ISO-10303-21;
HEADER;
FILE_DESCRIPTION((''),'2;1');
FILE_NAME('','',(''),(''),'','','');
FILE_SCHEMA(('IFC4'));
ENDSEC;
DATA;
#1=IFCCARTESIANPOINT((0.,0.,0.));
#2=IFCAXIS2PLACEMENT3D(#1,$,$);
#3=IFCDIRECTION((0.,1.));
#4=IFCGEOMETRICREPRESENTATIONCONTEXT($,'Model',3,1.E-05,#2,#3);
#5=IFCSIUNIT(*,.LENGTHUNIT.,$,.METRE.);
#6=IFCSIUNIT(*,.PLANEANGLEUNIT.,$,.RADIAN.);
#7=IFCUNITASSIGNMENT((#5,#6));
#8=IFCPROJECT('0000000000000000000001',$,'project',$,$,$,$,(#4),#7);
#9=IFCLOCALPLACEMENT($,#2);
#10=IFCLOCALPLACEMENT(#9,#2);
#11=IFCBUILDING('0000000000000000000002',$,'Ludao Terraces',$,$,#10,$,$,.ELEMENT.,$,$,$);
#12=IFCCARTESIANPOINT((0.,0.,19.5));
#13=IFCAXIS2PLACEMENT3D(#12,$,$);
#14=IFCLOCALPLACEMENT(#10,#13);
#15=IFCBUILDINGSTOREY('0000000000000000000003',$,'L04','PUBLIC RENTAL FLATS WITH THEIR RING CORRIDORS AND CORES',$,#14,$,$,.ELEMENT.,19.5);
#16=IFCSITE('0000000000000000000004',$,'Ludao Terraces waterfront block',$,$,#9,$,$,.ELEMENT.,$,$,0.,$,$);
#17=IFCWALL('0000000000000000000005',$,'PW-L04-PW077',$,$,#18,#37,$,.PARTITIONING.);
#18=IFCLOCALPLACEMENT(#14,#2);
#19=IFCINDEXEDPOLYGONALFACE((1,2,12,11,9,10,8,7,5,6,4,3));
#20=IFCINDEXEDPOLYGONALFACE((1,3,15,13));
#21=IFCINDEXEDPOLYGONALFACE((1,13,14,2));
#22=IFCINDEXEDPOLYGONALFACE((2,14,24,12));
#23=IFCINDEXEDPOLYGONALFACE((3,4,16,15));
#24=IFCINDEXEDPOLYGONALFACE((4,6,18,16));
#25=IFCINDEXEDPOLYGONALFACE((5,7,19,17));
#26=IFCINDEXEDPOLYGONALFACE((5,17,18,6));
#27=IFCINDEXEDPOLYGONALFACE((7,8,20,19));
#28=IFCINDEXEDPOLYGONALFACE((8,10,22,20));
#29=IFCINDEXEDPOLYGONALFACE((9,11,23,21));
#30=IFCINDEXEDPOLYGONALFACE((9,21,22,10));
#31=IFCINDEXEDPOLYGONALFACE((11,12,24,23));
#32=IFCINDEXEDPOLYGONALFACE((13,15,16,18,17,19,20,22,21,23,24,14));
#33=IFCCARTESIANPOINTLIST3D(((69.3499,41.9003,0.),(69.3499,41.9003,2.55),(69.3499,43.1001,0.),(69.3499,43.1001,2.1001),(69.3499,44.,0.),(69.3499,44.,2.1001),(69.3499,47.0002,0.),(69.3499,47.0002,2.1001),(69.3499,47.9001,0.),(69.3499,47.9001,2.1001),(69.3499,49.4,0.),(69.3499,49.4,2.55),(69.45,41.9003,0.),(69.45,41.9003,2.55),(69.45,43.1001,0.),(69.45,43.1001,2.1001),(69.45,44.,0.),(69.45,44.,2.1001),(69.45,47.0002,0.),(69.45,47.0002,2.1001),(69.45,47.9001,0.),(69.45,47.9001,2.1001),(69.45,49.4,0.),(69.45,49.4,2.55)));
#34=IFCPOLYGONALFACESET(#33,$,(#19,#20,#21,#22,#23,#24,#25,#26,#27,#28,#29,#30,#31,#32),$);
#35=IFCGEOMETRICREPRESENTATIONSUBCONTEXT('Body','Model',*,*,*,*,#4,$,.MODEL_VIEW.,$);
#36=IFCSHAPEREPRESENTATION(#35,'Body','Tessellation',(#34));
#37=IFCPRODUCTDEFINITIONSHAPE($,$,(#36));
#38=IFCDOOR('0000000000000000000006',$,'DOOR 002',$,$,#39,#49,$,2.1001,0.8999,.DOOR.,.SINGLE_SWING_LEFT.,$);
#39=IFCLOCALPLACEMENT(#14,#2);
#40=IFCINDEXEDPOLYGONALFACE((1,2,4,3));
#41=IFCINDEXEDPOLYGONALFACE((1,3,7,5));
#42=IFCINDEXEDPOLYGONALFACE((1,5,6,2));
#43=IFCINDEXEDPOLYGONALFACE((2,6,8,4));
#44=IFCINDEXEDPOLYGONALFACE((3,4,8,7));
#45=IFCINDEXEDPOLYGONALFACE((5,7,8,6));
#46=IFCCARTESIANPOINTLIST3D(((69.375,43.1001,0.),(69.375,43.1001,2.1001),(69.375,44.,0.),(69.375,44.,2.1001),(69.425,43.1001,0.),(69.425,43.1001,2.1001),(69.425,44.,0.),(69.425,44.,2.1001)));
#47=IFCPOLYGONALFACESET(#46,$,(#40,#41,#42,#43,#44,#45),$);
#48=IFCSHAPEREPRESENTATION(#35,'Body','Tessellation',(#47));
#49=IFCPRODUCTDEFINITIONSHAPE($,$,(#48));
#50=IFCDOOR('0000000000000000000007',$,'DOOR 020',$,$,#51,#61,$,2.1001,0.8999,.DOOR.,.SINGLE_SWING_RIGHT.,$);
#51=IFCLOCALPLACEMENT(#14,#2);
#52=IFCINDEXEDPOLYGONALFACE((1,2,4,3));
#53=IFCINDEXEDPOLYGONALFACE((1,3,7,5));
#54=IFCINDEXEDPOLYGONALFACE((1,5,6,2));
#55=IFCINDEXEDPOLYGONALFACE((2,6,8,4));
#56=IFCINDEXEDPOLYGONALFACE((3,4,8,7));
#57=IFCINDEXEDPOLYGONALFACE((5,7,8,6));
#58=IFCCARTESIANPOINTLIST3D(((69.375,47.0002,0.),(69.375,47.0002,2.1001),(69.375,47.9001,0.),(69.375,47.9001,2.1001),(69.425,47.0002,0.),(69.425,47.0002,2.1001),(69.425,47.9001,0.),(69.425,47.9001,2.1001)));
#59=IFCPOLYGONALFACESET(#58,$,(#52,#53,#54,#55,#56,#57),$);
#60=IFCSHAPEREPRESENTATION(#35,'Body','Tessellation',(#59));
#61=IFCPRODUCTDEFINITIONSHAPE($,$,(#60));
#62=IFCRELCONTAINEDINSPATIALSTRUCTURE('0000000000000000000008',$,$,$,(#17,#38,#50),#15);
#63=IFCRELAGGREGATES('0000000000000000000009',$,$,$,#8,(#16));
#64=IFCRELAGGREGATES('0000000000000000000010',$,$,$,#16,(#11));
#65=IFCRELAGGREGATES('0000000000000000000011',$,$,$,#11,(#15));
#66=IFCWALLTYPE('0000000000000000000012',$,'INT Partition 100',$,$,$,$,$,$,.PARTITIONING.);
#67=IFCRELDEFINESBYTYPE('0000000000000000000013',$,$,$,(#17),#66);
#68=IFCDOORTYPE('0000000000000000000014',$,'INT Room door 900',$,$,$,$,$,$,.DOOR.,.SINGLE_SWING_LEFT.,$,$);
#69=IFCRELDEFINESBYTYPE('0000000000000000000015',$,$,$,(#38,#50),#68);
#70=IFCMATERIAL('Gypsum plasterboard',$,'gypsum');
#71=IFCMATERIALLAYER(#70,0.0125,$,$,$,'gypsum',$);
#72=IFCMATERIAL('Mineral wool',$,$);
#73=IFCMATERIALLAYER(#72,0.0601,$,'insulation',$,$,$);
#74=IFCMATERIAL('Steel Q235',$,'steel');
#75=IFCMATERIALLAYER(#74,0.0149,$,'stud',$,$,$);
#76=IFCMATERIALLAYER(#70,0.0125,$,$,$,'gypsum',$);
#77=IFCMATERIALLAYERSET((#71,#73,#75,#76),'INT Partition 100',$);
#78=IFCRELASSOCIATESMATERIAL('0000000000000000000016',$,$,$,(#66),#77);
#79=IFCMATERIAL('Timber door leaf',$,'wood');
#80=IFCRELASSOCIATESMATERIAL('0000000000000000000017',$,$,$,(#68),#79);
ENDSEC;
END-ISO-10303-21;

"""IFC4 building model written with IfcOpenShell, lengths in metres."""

from ifc_helpers import new_model, si_unit, direction, frame, frame_2d, origin, place, context, subcontext, project, spatial, rectangle, extrude, material, layer, layer_set, type_object, element, fill, save


model = new_model("IFC4")

# Units and contexts
model_context = context("Model", 3, precision=1e-05, world=origin(), true_north=direction((0.0, 1.0)))
body_context = subcontext(model_context, "Body", "Model", "MODEL_VIEW")
ifc_project = project(units=[si_unit("LENGTHUNIT", "METRE"), si_unit("PLANEANGLEUNIT", "RADIAN")], contexts=[model_context])

# Site, building, storey
site_placement = place(None, origin())
site = spatial("IfcSite", under=ifc_project, at=site_placement, Name="Ludao Terraces waterfront block", CompositionType="ELEMENT", RefElevation=0.0)
building_placement = place(site_placement, origin())
building = spatial("IfcBuilding", under=site, at=building_placement, Name="Ludao Terraces", CompositionType="ELEMENT")
storey_placement = place(building_placement, frame((0.0, 0.0, 19.5)))
storey = spatial("IfcBuildingStorey", under=building, at=storey_placement, Name="L04", Description="PUBLIC RENTAL FLATS WITH THEIR RING CORRIDORS AND CORES", CompositionType="ELEMENT", Elevation=19.5)

# Wall, openings, doors
ifc_material_1 = material(Name="Gypsum plasterboard", Category="gypsum")
ifc_layer_1 = layer(ifc_material_1, 0.0125, Category="gypsum")
ifc_material_2 = material(Name="Mineral wool")
ifc_layer_2 = layer(ifc_material_2, 0.0601, Name="insulation")
ifc_material_3 = material(Name="Steel Q235", Category="steel")
ifc_layer_3 = layer(ifc_material_3, 0.0149, Name="stud")
ifc_layer_4 = layer(ifc_material_1, 0.0125, Category="gypsum")
ifc_layer_set = layer_set([ifc_layer_1, ifc_layer_2, ifc_layer_3, ifc_layer_4], Name="INT Partition 100")
wall_type = type_object("IfcWallType", Name="INT Partition 100", PredefinedType="PARTITIONING", material=ifc_layer_set)
ifc_material_4 = material(Name="Timber door leaf", Category="wood")
door_type_1 = type_object("IfcDoorType", Name="INT Room door 900", OperationType="SINGLE_SWING_LEFT", PredefinedType="DOOR", material=ifc_material_4)
wall_1_placement = place(storey_placement, frame((69.3999, 41.9001, 0.0), z_axis=(0.0, 0.0, 1.0), x_axis=(0.0, 1.0, 0.0)))
wall_1 = element("IfcWall", 1, at=wall_1_placement, inside=storey, type_object=wall_type, Name="PW-L04-PW077", PredefinedType="PARTITIONING", context=body_context, shape_type="SweptSolid", body=[
    extrude(rectangle(XDim=7.4998, YDim=0.1001, at=frame_2d((3.75, 0.0))), origin(), (0.0, 0.0, 1.0), 2.55),
])
opening_1_placement = place(wall_1_placement, frame((1.2, 0.0, 0.0)))
opening_1 = element("IfcOpeningElement", 2, at=opening_1_placement, cuts=wall_1, PredefinedType="OPENING", context=body_context, shape_type="SweptSolid", body=[
    extrude(rectangle(XDim=0.8999, YDim=2.1001, at=frame_2d((0.45, 1.05))), frame((0.0, 0.0601, 0.0), z_axis=(0.0, -1.0, 0.0), x_axis=(1.0, 0.0, 0.0)), (0.0, 0.0, 1.0), 0.1201),
])
opening_2_placement = place(wall_1_placement, frame((5.1001, 0.0, 0.0)))
opening_2 = element("IfcOpeningElement", 3, at=opening_2_placement, cuts=wall_1, PredefinedType="OPENING", context=body_context, shape_type="SweptSolid", body=[
    extrude(rectangle(XDim=0.8999, YDim=2.1001, at=frame_2d((0.45, 1.05))), frame((0.0, 0.0601, 0.0), z_axis=(0.0, -1.0, 0.0), x_axis=(1.0, 0.0, 0.0)), (0.0, 0.0, 1.0), 0.1201),
])
door_1_placement = place(opening_1_placement, origin())
door_1 = element("IfcDoor", 4, at=door_1_placement, inside=storey, type_object=door_type_1, Name="DOOR 002", OperationType="SINGLE_SWING_LEFT", OverallHeight=2.1001, OverallWidth=0.8999, PredefinedType="DOOR", context=body_context, shape_type="SweptSolid", body=[
    extrude(rectangle(XDim=0.8999, YDim=2.1001, at=frame_2d((0.45, 1.05))), frame((0.0, 0.0249, 0.0), z_axis=(0.0, -1.0, 0.0), x_axis=(1.0, 0.0, 0.0)), (0.0, 0.0, 1.0), 0.05),
])
fill(opening_1, door_1)
door_2_placement = place(opening_2_placement, origin())
door_2 = element("IfcDoor", 5, at=door_2_placement, inside=storey, type_object=door_type_1, Name="DOOR 020", OperationType="SINGLE_SWING_RIGHT", OverallHeight=2.1001, OverallWidth=0.8999, PredefinedType="DOOR", context=body_context, shape_type="SweptSolid", body=[
    extrude(rectangle(XDim=0.8999, YDim=2.1001, at=frame_2d((0.45, 1.05))), frame((0.0, 0.0249, 0.0), z_axis=(0.0, -1.0, 0.0), x_axis=(1.0, 0.0, 0.0)), (0.0, 0.0, 1.0), 0.05),
])
fill(opening_2, door_2)

save(model, "model.ifc")
